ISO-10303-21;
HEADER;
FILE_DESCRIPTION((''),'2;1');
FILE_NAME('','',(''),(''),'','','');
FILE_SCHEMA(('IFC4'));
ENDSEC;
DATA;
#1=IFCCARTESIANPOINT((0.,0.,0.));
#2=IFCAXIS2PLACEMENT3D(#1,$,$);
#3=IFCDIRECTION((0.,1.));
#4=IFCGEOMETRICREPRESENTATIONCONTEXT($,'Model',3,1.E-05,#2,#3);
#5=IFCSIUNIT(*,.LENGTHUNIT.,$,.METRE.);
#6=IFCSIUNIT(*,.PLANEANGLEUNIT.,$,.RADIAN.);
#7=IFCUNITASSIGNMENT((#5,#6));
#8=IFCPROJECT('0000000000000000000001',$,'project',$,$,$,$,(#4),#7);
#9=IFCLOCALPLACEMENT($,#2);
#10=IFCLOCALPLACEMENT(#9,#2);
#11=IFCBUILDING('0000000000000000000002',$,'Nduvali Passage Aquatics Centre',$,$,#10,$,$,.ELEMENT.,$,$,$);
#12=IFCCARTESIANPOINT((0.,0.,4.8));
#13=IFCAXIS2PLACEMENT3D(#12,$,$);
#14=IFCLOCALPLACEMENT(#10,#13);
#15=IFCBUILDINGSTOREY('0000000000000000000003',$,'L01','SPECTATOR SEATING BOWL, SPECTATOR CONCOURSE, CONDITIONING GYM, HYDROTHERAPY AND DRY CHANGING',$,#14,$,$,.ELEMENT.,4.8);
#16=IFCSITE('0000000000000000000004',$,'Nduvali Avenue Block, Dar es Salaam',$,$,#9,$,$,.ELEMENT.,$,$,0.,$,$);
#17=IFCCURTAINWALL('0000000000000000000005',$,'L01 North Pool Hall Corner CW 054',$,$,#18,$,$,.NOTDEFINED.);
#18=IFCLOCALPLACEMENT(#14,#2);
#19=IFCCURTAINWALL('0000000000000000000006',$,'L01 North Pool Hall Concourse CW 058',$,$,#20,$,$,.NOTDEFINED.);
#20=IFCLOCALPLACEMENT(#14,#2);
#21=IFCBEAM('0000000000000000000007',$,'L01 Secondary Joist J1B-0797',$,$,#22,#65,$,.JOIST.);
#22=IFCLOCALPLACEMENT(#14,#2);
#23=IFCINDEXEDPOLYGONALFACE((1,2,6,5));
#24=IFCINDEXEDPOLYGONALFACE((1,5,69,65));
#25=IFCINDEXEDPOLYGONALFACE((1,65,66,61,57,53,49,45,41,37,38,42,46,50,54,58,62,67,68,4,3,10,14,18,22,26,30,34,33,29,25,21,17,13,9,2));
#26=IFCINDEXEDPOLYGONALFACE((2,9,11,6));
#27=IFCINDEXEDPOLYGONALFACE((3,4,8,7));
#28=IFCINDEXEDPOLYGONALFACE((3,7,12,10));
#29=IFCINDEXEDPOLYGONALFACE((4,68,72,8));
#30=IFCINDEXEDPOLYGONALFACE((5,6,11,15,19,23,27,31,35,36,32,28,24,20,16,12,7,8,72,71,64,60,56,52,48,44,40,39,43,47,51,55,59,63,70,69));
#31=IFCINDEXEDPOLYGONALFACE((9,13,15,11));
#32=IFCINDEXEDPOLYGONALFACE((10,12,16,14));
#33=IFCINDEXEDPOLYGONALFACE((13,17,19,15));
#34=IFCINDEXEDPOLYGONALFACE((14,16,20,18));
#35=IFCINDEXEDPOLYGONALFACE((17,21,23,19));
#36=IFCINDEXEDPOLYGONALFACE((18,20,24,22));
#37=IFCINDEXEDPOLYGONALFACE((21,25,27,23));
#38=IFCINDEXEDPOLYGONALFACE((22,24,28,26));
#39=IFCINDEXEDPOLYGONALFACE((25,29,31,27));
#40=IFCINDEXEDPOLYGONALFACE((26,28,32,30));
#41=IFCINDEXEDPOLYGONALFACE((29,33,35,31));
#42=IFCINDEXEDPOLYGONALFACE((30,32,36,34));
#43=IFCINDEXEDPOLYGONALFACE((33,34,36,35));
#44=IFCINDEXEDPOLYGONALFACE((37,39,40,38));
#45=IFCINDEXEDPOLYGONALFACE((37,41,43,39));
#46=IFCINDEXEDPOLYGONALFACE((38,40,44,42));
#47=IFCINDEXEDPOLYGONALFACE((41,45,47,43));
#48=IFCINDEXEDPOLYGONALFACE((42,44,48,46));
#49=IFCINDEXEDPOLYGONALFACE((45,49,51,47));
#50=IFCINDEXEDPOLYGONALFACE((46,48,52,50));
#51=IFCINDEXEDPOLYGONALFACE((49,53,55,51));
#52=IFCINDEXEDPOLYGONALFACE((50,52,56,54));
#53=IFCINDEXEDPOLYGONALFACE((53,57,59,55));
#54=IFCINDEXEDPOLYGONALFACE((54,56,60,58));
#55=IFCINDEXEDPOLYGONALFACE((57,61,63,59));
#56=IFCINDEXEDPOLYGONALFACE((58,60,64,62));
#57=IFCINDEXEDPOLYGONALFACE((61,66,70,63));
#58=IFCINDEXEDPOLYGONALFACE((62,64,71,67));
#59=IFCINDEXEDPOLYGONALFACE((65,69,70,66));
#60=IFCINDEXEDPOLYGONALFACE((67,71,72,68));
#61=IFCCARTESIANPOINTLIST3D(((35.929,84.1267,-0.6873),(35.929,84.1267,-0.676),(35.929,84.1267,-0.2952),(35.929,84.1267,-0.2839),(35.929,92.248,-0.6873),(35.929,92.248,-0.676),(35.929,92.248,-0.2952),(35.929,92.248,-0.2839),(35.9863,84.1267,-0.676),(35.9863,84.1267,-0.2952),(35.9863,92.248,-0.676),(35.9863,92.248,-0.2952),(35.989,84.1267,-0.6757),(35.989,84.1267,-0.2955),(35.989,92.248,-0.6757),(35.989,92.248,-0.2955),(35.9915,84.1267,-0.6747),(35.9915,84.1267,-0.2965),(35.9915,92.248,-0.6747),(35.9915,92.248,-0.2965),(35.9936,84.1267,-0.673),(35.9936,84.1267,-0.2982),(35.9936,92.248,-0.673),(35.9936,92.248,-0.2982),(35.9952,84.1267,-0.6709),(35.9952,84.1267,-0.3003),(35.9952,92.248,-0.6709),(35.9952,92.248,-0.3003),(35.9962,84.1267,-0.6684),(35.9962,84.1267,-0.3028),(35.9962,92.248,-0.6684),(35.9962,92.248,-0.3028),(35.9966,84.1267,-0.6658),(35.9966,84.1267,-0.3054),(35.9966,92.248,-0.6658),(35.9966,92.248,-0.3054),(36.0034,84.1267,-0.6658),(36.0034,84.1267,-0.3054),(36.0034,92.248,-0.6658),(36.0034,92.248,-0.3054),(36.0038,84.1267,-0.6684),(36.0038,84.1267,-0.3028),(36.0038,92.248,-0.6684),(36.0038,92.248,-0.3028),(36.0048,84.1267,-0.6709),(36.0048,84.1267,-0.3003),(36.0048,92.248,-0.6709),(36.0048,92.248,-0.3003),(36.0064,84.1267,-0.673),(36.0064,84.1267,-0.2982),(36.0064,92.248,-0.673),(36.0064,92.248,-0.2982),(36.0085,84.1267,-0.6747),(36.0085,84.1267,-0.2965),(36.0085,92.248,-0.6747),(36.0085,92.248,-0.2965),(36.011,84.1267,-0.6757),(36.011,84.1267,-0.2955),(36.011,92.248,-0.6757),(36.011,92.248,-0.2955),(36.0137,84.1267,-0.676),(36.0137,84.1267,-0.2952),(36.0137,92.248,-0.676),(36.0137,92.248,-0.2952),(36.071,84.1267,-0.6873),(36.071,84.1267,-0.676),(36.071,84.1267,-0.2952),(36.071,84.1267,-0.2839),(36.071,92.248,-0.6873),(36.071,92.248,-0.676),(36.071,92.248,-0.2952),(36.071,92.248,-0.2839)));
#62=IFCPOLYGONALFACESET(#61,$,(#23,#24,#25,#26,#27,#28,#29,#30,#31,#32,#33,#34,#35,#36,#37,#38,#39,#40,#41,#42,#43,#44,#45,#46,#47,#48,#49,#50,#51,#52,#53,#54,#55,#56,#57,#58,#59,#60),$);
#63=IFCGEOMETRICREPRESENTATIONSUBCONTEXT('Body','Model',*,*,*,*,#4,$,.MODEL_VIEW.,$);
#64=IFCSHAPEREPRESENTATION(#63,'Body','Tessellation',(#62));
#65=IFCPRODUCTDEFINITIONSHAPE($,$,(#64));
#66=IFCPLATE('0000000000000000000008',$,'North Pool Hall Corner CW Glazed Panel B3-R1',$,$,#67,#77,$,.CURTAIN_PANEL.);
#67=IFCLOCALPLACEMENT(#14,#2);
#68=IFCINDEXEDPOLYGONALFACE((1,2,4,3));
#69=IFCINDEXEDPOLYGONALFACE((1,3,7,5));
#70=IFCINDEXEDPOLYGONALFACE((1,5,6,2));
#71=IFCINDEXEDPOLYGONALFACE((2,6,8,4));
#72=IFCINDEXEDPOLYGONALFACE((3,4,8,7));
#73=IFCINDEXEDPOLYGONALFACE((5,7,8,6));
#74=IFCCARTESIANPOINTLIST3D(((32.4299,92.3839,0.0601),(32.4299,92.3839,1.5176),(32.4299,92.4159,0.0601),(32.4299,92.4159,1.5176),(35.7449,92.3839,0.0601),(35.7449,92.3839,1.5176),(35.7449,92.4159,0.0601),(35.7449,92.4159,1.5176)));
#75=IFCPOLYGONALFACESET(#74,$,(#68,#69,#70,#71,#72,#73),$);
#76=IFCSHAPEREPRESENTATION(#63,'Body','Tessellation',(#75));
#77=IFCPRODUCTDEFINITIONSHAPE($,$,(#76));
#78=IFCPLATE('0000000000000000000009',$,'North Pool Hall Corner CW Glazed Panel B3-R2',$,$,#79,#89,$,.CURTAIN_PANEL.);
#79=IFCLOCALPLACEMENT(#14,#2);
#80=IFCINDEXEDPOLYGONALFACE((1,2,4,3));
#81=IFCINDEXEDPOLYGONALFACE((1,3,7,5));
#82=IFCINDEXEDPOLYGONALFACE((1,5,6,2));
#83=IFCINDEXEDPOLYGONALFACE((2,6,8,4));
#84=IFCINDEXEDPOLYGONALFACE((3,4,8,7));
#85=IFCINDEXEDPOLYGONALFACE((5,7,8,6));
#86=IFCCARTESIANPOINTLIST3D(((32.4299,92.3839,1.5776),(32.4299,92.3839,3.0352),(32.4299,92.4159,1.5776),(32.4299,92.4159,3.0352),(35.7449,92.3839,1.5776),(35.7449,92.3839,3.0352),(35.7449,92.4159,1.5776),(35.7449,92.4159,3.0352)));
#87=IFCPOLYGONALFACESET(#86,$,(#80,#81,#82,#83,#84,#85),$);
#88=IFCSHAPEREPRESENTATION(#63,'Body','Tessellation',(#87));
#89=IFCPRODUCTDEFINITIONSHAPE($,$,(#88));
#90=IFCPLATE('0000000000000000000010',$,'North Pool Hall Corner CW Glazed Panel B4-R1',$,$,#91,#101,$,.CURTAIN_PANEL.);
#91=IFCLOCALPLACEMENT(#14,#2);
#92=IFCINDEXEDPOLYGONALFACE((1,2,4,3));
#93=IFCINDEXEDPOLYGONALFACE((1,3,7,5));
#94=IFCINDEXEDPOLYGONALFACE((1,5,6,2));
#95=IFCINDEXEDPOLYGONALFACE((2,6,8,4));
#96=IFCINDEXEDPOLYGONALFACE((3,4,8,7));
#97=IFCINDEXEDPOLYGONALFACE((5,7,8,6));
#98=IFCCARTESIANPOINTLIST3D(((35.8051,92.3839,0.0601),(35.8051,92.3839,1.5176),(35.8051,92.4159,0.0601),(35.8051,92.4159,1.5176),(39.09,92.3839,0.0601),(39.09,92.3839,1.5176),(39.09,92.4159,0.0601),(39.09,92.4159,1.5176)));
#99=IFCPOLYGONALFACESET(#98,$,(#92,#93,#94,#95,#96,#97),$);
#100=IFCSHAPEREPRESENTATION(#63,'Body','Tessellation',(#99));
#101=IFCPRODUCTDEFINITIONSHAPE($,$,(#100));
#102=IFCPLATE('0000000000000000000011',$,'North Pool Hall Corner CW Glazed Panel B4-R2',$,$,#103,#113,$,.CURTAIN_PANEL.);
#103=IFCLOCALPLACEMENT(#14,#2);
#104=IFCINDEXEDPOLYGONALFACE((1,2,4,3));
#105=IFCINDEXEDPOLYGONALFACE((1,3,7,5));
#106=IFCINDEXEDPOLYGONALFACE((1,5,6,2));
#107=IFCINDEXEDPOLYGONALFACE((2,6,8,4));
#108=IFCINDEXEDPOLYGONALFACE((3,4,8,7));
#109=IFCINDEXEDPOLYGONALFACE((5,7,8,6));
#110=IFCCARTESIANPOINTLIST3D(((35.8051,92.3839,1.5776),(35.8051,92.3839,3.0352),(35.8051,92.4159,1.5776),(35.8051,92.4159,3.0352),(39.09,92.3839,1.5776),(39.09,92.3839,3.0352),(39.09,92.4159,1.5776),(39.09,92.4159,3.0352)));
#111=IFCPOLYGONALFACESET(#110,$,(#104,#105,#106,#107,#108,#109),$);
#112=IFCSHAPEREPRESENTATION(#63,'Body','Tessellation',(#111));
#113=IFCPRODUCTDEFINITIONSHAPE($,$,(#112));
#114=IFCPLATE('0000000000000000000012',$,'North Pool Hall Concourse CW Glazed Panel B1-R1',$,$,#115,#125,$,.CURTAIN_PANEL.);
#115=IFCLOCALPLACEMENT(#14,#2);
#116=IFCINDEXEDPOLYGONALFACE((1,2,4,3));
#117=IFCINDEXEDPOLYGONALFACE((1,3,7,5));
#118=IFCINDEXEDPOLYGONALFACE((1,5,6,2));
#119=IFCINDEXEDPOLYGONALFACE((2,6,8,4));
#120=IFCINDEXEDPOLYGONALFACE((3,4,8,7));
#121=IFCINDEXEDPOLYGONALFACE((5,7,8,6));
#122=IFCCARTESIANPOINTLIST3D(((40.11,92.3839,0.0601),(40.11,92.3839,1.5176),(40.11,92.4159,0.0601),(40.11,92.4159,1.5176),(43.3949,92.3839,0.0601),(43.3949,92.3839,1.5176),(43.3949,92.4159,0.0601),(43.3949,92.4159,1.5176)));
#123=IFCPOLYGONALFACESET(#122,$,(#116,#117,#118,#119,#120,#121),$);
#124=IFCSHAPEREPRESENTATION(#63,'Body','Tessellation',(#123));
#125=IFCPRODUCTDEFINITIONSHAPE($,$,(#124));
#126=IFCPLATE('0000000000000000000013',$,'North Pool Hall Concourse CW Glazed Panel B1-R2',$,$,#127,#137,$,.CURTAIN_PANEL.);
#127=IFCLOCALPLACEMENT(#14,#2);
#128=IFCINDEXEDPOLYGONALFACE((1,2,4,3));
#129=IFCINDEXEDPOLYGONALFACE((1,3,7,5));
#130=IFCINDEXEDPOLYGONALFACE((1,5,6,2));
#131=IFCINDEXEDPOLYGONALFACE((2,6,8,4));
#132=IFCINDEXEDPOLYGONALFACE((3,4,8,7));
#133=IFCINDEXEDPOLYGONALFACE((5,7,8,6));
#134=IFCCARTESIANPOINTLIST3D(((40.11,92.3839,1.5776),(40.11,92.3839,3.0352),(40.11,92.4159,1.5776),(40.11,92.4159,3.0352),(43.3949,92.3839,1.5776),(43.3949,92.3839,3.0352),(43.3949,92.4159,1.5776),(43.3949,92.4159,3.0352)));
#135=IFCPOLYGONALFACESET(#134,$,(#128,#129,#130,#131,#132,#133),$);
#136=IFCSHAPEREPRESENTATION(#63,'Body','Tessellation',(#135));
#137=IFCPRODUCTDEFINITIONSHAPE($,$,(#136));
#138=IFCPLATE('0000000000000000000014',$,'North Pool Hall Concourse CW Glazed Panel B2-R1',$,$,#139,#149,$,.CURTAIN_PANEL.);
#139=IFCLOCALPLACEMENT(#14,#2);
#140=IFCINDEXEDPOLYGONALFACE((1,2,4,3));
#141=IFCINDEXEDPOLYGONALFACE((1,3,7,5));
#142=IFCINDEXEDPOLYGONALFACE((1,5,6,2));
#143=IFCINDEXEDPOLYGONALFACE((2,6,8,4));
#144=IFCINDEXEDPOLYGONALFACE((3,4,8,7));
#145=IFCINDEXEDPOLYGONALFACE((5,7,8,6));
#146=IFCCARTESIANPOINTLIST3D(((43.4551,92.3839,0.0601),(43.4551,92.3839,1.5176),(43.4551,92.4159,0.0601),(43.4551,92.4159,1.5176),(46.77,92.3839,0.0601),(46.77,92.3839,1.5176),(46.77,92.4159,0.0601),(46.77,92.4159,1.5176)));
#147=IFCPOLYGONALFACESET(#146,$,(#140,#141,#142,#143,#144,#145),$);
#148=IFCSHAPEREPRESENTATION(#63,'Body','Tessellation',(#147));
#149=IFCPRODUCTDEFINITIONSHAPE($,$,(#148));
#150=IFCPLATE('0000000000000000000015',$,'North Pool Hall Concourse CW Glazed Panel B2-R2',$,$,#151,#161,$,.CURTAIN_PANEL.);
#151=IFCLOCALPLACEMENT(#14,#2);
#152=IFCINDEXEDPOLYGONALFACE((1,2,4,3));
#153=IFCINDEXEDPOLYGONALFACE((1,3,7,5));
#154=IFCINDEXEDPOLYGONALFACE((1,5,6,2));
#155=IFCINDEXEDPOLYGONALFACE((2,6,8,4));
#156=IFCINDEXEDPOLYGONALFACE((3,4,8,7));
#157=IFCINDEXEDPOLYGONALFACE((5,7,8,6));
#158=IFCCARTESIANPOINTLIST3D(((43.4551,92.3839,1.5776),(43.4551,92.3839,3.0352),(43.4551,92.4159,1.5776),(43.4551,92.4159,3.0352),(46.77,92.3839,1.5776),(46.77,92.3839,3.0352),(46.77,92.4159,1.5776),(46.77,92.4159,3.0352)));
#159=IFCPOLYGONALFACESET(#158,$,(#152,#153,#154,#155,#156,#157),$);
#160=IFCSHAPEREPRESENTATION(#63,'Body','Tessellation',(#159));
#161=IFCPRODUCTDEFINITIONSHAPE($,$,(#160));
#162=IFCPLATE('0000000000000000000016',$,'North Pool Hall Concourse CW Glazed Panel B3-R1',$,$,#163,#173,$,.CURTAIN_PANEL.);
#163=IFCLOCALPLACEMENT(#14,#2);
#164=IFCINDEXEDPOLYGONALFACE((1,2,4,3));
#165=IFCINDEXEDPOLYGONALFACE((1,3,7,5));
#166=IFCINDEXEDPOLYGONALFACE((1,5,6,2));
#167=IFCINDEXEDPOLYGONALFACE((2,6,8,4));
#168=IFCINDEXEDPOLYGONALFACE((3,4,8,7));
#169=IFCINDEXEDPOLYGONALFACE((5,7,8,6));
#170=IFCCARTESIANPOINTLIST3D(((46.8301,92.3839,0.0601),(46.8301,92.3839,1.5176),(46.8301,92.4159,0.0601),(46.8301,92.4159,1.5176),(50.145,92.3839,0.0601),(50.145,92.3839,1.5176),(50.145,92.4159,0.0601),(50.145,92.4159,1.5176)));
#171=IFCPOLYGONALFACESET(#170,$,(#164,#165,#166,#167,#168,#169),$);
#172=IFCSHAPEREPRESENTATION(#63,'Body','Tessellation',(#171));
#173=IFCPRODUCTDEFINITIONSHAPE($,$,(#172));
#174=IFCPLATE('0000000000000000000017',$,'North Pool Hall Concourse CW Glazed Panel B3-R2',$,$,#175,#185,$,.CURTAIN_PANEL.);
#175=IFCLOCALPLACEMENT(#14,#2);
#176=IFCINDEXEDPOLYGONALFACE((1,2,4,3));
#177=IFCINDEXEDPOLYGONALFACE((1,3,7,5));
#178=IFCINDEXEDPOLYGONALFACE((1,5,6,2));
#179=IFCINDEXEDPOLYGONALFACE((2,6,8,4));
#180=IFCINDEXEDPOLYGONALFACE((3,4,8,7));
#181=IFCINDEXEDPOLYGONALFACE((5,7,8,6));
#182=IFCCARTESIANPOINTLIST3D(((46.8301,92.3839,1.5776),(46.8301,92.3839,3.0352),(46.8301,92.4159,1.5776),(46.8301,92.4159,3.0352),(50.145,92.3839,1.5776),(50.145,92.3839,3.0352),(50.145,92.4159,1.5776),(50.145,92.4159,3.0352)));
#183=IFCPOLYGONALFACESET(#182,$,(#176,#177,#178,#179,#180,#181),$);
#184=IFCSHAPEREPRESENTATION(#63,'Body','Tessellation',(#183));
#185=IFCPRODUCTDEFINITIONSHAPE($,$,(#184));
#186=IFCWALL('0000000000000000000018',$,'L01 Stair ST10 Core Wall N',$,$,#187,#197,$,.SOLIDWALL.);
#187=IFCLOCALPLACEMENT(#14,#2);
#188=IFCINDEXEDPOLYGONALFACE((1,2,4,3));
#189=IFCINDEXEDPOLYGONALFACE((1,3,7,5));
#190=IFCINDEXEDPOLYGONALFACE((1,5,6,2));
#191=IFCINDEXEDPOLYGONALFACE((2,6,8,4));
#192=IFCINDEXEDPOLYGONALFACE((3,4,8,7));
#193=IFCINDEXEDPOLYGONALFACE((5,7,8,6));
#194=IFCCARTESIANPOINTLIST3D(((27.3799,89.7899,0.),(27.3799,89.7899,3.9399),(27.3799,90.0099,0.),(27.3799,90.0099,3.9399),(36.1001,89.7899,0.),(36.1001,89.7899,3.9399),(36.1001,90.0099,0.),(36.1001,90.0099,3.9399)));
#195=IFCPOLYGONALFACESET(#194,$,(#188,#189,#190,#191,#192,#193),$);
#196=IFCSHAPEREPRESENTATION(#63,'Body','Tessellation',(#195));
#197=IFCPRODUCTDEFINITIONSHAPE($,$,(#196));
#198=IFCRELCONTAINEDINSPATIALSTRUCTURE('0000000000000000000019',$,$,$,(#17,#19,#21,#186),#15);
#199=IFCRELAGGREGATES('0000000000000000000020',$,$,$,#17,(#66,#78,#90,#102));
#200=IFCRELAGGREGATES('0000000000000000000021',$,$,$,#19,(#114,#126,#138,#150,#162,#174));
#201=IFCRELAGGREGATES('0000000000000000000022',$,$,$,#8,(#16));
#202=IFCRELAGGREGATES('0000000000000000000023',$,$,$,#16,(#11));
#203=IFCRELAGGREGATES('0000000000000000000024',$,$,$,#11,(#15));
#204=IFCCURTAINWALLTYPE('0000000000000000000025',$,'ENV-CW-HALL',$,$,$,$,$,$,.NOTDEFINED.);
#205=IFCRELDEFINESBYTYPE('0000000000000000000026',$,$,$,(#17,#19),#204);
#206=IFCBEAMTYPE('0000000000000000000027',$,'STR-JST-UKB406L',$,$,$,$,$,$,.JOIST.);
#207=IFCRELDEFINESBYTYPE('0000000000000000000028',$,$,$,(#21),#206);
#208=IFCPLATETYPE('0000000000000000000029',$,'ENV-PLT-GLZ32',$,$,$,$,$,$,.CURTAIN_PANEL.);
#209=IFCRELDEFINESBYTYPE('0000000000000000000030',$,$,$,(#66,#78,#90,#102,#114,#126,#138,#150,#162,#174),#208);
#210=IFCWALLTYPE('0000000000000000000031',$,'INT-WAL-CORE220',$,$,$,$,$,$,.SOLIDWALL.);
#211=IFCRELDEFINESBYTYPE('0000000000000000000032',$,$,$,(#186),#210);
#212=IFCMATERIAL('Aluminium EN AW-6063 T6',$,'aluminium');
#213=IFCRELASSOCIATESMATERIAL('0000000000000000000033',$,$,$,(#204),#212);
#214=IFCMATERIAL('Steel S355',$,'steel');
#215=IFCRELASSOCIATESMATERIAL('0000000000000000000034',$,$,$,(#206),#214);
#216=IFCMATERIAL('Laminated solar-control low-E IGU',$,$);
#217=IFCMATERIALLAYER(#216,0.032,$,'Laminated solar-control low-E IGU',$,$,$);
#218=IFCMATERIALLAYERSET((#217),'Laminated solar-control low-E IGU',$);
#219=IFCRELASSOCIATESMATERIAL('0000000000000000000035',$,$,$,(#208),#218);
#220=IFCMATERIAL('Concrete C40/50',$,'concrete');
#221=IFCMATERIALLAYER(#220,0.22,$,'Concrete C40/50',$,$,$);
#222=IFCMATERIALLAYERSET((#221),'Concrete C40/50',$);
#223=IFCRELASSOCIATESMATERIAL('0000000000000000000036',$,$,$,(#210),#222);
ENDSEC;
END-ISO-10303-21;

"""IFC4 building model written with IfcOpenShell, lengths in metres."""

from ifc_helpers import new_model, si_unit, direction, frame, frame_2d, origin, origin_2d, place, context, subcontext, project, spatial, rectangle, i_section, extrude, material, layer, layer_set, material_profile, profile_set, type_object, element, aggregate, save


model = new_model("IFC4")

# Units and contexts
model_context = context("Model", 3, precision=1e-05, world=origin(), true_north=direction((0.0, 1.0)))
body_context = subcontext(model_context, "Body", "Model", "MODEL_VIEW")
ifc_project = project(units=[si_unit("LENGTHUNIT", "METRE"), si_unit("PLANEANGLEUNIT", "RADIAN")], contexts=[model_context])

# Site, building, storey
site_placement = place(None, origin())
site = spatial("IfcSite", under=ifc_project, at=site_placement, Name="Nduvali Avenue Block, Dar es Salaam", CompositionType="ELEMENT", RefElevation=0.0)
building_placement = place(site_placement, origin())
building = spatial("IfcBuilding", under=site, at=building_placement, Name="Nduvali Passage Aquatics Centre", CompositionType="ELEMENT")
storey_placement = place(building_placement, frame((0.0, 0.0, 4.8)))
storey = spatial("IfcBuildingStorey", under=building, at=storey_placement, Name="L01", Description="SPECTATOR SEATING BOWL, SPECTATOR CONCOURSE, CONDITIONING GYM, HYDROTHERAPY AND DRY CHANGING", CompositionType="ELEMENT", Elevation=4.8)

# Shared definitions
ifc_material_1 = material(Name="Concrete C40/50", Category="concrete")

# Curtain walls
ifc_material_2 = material(Name="Aluminium EN AW-6063 T6", Category="aluminium")
curtain_wall_type = type_object("IfcCurtainWallType", Name="ENV-CW-HALL", PredefinedType="NOTDEFINED", material=ifc_material_2)
curtain_wall_1_placement = place(storey_placement, origin())
curtain_wall_1 = element("IfcCurtainWall", 1, at=curtain_wall_1_placement, inside=storey, type_object=curtain_wall_type, Name="L01 North Pool Hall Corner CW 054", PredefinedType="NOTDEFINED")
curtain_wall_2_placement = place(storey_placement, origin())
curtain_wall_2 = element("IfcCurtainWall", 2, at=curtain_wall_2_placement, inside=storey, type_object=curtain_wall_type, Name="L01 North Pool Hall Concourse CW 058", PredefinedType="NOTDEFINED")

# Beam
ifc_material_3 = material(Name="Steel S355", Category="steel")
ifc_material_profile_1 = material_profile(ifc_material_3, i_section(OverallWidth=0.1421, OverallDepth=0.4033, WebThickness=0.0068, FlangeThickness=0.0112, FilletRadius=0.0103, at=origin_2d()), Name="UKB 406x140x46")
ifc_profile_set_1 = profile_set([ifc_material_profile_1], Name="Steel S355")
beam_type_1 = type_object("IfcBeamType", Name="STR-JST-UKB406L", PredefinedType="JOIST", material=ifc_profile_set_1)
beam_1_placement = place(storey_placement, frame((36.0, 84.1267, -0.4856), z_axis=(0.0, 1.0, 0.0), x_axis=(-1.0, 0.0, 0.0)))
element("IfcBeam", 3, at=beam_1_placement, inside=storey, type_object=beam_type_1, Name="L01 Secondary Joist J1B-0797", PredefinedType="JOIST", context=body_context, shape_type="SweptSolid", body=[
    extrude(i_section(OverallWidth=0.1421, OverallDepth=0.4033, WebThickness=0.0068, FlangeThickness=0.0112, FilletRadius=0.0103, at=origin_2d()), origin(), (0.0, 0.0, 1.0), 8.1213),
])

# Plates
ifc_material_4 = material(Name="Laminated solar-control low-E IGU")
ifc_layer_1 = layer(ifc_material_4, 0.032, Name="Laminated solar-control low-E IGU")
ifc_layer_set_1 = layer_set([ifc_layer_1], Name="Laminated solar-control low-E IGU")
plate_type = type_object("IfcPlateType", Name="ENV-PLT-GLZ32", PredefinedType="CURTAIN_PANEL", material=ifc_layer_set_1)
plate_1_placement = place(storey_placement, frame((34.0874, 92.3999, 0.0601), z_axis=(0.0, 0.0, 1.0), x_axis=(1.0, 0.0, 0.0)))
plate_1 = element("IfcPlate", 4, at=plate_1_placement, type_object=plate_type, Name="North Pool Hall Corner CW Glazed Panel B3-R1", PredefinedType="CURTAIN_PANEL", context=body_context, shape_type="SweptSolid", body=[
    extrude(rectangle(XDim=3.3149, YDim=0.032, at=origin_2d()), origin(), (0.0, 0.0, 1.0), 1.4575),
])
plate_2_placement = place(storey_placement, frame((34.0874, 92.3999, 1.5776), z_axis=(0.0, 0.0, 1.0), x_axis=(1.0, 0.0, 0.0)))
plate_2 = element("IfcPlate", 5, at=plate_2_placement, type_object=plate_type, Name="North Pool Hall Corner CW Glazed Panel B3-R2", PredefinedType="CURTAIN_PANEL", context=body_context, shape_type="SweptSolid", body=[
    extrude(rectangle(XDim=3.3149, YDim=0.032, at=origin_2d()), origin(), (0.0, 0.0, 1.0), 1.4575),
])
plate_3_placement = place(storey_placement, frame((37.4475, 92.3999, 0.0601), z_axis=(0.0, 0.0, 1.0), x_axis=(1.0, 0.0, 0.0)))
plate_3 = element("IfcPlate", 6, at=plate_3_placement, type_object=plate_type, Name="North Pool Hall Corner CW Glazed Panel B4-R1", PredefinedType="CURTAIN_PANEL", context=body_context, shape_type="SweptSolid", body=[
    extrude(rectangle(XDim=3.2849, YDim=0.032, at=origin_2d()), origin(), (0.0, 0.0, 1.0), 1.4575),
])
plate_4_placement = place(storey_placement, frame((37.4475, 92.3999, 1.5776), z_axis=(0.0, 0.0, 1.0), x_axis=(1.0, 0.0, 0.0)))
plate_4 = element("IfcPlate", 7, at=plate_4_placement, type_object=plate_type, Name="North Pool Hall Corner CW Glazed Panel B4-R2", PredefinedType="CURTAIN_PANEL", context=body_context, shape_type="SweptSolid", body=[
    extrude(rectangle(XDim=3.2849, YDim=0.032, at=origin_2d()), origin(), (0.0, 0.0, 1.0), 1.4575),
])
aggregate(curtain_wall_1, [plate_1, plate_2, plate_3, plate_4])
plate_5_placement = place(storey_placement, frame((41.7524, 92.3999, 0.0601), z_axis=(0.0, 0.0, 1.0), x_axis=(1.0, 0.0, 0.0)))
plate_5 = element("IfcPlate", 8, at=plate_5_placement, type_object=plate_type, Name="North Pool Hall Concourse CW Glazed Panel B1-R1", PredefinedType="CURTAIN_PANEL", context=body_context, shape_type="SweptSolid", body=[
    extrude(rectangle(XDim=3.2849, YDim=0.032, at=origin_2d()), origin(), (0.0, 0.0, 1.0), 1.4575),
])
plate_6_placement = place(storey_placement, frame((41.7524, 92.3999, 1.5776), z_axis=(0.0, 0.0, 1.0), x_axis=(1.0, 0.0, 0.0)))
plate_6 = element("IfcPlate", 9, at=plate_6_placement, type_object=plate_type, Name="North Pool Hall Concourse CW Glazed Panel B1-R2", PredefinedType="CURTAIN_PANEL", context=body_context, shape_type="SweptSolid", body=[
    extrude(rectangle(XDim=3.2849, YDim=0.032, at=origin_2d()), origin(), (0.0, 0.0, 1.0), 1.4575),
])
plate_7_placement = place(storey_placement, frame((45.1125, 92.3999, 0.0601), z_axis=(0.0, 0.0, 1.0), x_axis=(1.0, 0.0, 0.0)))
plate_7 = element("IfcPlate", 10, at=plate_7_placement, type_object=plate_type, Name="North Pool Hall Concourse CW Glazed Panel B2-R1", PredefinedType="CURTAIN_PANEL", context=body_context, shape_type="SweptSolid", body=[
    extrude(rectangle(XDim=3.3149, YDim=0.032, at=origin_2d()), origin(), (0.0, 0.0, 1.0), 1.4575),
])
plate_8_placement = place(storey_placement, frame((45.1125, 92.3999, 1.5776), z_axis=(0.0, 0.0, 1.0), x_axis=(1.0, 0.0, 0.0)))
plate_8 = element("IfcPlate", 11, at=plate_8_placement, type_object=plate_type, Name="North Pool Hall Concourse CW Glazed Panel B2-R2", PredefinedType="CURTAIN_PANEL", context=body_context, shape_type="SweptSolid", body=[
    extrude(rectangle(XDim=3.3149, YDim=0.032, at=origin_2d()), origin(), (0.0, 0.0, 1.0), 1.4575),
])
plate_9_placement = place(storey_placement, frame((48.4875, 92.3999, 0.0601), z_axis=(0.0, 0.0, 1.0), x_axis=(1.0, 0.0, 0.0)))
plate_9 = element("IfcPlate", 12, at=plate_9_placement, type_object=plate_type, Name="North Pool Hall Concourse CW Glazed Panel B3-R1", PredefinedType="CURTAIN_PANEL", context=body_context, shape_type="SweptSolid", body=[
    extrude(rectangle(XDim=3.3149, YDim=0.032, at=origin_2d()), origin(), (0.0, 0.0, 1.0), 1.4575),
])
plate_10_placement = place(storey_placement, frame((48.4875, 92.3999, 1.5776), z_axis=(0.0, 0.0, 1.0), x_axis=(1.0, 0.0, 0.0)))
plate_10 = element("IfcPlate", 13, at=plate_10_placement, type_object=plate_type, Name="North Pool Hall Concourse CW Glazed Panel B3-R2", PredefinedType="CURTAIN_PANEL", context=body_context, shape_type="SweptSolid", body=[
    extrude(rectangle(XDim=3.3149, YDim=0.032, at=origin_2d()), origin(), (0.0, 0.0, 1.0), 1.4575),
])
aggregate(curtain_wall_2, [plate_5, plate_6, plate_7, plate_8, plate_9, plate_10])

# Wall
ifc_layer_2 = layer(ifc_material_1, 0.22, Name="Concrete C40/50")
ifc_layer_set_2 = layer_set([ifc_layer_2], Name="Concrete C40/50")
wall_type_1 = type_object("IfcWallType", Name="INT-WAL-CORE220", PredefinedType="SOLIDWALL", material=ifc_layer_set_2)
wall_1_placement = place(storey_placement, frame((36.1001, 89.8999, 0.0), z_axis=(0.0, 0.0, 1.0), x_axis=(-1.0, 0.0, 0.0)))
element("IfcWall", 14, at=wall_1_placement, inside=storey, type_object=wall_type_1, Name="L01 Stair ST10 Core Wall N", PredefinedType="SOLIDWALL", context=body_context, shape_type="SweptSolid", body=[
    extrude(rectangle(XDim=8.7202, YDim=0.22, at=frame_2d((4.3601, 0.0))), origin(), (0.0, 0.0, 1.0), 3.9399),
])

save(model, "model.ifc")
